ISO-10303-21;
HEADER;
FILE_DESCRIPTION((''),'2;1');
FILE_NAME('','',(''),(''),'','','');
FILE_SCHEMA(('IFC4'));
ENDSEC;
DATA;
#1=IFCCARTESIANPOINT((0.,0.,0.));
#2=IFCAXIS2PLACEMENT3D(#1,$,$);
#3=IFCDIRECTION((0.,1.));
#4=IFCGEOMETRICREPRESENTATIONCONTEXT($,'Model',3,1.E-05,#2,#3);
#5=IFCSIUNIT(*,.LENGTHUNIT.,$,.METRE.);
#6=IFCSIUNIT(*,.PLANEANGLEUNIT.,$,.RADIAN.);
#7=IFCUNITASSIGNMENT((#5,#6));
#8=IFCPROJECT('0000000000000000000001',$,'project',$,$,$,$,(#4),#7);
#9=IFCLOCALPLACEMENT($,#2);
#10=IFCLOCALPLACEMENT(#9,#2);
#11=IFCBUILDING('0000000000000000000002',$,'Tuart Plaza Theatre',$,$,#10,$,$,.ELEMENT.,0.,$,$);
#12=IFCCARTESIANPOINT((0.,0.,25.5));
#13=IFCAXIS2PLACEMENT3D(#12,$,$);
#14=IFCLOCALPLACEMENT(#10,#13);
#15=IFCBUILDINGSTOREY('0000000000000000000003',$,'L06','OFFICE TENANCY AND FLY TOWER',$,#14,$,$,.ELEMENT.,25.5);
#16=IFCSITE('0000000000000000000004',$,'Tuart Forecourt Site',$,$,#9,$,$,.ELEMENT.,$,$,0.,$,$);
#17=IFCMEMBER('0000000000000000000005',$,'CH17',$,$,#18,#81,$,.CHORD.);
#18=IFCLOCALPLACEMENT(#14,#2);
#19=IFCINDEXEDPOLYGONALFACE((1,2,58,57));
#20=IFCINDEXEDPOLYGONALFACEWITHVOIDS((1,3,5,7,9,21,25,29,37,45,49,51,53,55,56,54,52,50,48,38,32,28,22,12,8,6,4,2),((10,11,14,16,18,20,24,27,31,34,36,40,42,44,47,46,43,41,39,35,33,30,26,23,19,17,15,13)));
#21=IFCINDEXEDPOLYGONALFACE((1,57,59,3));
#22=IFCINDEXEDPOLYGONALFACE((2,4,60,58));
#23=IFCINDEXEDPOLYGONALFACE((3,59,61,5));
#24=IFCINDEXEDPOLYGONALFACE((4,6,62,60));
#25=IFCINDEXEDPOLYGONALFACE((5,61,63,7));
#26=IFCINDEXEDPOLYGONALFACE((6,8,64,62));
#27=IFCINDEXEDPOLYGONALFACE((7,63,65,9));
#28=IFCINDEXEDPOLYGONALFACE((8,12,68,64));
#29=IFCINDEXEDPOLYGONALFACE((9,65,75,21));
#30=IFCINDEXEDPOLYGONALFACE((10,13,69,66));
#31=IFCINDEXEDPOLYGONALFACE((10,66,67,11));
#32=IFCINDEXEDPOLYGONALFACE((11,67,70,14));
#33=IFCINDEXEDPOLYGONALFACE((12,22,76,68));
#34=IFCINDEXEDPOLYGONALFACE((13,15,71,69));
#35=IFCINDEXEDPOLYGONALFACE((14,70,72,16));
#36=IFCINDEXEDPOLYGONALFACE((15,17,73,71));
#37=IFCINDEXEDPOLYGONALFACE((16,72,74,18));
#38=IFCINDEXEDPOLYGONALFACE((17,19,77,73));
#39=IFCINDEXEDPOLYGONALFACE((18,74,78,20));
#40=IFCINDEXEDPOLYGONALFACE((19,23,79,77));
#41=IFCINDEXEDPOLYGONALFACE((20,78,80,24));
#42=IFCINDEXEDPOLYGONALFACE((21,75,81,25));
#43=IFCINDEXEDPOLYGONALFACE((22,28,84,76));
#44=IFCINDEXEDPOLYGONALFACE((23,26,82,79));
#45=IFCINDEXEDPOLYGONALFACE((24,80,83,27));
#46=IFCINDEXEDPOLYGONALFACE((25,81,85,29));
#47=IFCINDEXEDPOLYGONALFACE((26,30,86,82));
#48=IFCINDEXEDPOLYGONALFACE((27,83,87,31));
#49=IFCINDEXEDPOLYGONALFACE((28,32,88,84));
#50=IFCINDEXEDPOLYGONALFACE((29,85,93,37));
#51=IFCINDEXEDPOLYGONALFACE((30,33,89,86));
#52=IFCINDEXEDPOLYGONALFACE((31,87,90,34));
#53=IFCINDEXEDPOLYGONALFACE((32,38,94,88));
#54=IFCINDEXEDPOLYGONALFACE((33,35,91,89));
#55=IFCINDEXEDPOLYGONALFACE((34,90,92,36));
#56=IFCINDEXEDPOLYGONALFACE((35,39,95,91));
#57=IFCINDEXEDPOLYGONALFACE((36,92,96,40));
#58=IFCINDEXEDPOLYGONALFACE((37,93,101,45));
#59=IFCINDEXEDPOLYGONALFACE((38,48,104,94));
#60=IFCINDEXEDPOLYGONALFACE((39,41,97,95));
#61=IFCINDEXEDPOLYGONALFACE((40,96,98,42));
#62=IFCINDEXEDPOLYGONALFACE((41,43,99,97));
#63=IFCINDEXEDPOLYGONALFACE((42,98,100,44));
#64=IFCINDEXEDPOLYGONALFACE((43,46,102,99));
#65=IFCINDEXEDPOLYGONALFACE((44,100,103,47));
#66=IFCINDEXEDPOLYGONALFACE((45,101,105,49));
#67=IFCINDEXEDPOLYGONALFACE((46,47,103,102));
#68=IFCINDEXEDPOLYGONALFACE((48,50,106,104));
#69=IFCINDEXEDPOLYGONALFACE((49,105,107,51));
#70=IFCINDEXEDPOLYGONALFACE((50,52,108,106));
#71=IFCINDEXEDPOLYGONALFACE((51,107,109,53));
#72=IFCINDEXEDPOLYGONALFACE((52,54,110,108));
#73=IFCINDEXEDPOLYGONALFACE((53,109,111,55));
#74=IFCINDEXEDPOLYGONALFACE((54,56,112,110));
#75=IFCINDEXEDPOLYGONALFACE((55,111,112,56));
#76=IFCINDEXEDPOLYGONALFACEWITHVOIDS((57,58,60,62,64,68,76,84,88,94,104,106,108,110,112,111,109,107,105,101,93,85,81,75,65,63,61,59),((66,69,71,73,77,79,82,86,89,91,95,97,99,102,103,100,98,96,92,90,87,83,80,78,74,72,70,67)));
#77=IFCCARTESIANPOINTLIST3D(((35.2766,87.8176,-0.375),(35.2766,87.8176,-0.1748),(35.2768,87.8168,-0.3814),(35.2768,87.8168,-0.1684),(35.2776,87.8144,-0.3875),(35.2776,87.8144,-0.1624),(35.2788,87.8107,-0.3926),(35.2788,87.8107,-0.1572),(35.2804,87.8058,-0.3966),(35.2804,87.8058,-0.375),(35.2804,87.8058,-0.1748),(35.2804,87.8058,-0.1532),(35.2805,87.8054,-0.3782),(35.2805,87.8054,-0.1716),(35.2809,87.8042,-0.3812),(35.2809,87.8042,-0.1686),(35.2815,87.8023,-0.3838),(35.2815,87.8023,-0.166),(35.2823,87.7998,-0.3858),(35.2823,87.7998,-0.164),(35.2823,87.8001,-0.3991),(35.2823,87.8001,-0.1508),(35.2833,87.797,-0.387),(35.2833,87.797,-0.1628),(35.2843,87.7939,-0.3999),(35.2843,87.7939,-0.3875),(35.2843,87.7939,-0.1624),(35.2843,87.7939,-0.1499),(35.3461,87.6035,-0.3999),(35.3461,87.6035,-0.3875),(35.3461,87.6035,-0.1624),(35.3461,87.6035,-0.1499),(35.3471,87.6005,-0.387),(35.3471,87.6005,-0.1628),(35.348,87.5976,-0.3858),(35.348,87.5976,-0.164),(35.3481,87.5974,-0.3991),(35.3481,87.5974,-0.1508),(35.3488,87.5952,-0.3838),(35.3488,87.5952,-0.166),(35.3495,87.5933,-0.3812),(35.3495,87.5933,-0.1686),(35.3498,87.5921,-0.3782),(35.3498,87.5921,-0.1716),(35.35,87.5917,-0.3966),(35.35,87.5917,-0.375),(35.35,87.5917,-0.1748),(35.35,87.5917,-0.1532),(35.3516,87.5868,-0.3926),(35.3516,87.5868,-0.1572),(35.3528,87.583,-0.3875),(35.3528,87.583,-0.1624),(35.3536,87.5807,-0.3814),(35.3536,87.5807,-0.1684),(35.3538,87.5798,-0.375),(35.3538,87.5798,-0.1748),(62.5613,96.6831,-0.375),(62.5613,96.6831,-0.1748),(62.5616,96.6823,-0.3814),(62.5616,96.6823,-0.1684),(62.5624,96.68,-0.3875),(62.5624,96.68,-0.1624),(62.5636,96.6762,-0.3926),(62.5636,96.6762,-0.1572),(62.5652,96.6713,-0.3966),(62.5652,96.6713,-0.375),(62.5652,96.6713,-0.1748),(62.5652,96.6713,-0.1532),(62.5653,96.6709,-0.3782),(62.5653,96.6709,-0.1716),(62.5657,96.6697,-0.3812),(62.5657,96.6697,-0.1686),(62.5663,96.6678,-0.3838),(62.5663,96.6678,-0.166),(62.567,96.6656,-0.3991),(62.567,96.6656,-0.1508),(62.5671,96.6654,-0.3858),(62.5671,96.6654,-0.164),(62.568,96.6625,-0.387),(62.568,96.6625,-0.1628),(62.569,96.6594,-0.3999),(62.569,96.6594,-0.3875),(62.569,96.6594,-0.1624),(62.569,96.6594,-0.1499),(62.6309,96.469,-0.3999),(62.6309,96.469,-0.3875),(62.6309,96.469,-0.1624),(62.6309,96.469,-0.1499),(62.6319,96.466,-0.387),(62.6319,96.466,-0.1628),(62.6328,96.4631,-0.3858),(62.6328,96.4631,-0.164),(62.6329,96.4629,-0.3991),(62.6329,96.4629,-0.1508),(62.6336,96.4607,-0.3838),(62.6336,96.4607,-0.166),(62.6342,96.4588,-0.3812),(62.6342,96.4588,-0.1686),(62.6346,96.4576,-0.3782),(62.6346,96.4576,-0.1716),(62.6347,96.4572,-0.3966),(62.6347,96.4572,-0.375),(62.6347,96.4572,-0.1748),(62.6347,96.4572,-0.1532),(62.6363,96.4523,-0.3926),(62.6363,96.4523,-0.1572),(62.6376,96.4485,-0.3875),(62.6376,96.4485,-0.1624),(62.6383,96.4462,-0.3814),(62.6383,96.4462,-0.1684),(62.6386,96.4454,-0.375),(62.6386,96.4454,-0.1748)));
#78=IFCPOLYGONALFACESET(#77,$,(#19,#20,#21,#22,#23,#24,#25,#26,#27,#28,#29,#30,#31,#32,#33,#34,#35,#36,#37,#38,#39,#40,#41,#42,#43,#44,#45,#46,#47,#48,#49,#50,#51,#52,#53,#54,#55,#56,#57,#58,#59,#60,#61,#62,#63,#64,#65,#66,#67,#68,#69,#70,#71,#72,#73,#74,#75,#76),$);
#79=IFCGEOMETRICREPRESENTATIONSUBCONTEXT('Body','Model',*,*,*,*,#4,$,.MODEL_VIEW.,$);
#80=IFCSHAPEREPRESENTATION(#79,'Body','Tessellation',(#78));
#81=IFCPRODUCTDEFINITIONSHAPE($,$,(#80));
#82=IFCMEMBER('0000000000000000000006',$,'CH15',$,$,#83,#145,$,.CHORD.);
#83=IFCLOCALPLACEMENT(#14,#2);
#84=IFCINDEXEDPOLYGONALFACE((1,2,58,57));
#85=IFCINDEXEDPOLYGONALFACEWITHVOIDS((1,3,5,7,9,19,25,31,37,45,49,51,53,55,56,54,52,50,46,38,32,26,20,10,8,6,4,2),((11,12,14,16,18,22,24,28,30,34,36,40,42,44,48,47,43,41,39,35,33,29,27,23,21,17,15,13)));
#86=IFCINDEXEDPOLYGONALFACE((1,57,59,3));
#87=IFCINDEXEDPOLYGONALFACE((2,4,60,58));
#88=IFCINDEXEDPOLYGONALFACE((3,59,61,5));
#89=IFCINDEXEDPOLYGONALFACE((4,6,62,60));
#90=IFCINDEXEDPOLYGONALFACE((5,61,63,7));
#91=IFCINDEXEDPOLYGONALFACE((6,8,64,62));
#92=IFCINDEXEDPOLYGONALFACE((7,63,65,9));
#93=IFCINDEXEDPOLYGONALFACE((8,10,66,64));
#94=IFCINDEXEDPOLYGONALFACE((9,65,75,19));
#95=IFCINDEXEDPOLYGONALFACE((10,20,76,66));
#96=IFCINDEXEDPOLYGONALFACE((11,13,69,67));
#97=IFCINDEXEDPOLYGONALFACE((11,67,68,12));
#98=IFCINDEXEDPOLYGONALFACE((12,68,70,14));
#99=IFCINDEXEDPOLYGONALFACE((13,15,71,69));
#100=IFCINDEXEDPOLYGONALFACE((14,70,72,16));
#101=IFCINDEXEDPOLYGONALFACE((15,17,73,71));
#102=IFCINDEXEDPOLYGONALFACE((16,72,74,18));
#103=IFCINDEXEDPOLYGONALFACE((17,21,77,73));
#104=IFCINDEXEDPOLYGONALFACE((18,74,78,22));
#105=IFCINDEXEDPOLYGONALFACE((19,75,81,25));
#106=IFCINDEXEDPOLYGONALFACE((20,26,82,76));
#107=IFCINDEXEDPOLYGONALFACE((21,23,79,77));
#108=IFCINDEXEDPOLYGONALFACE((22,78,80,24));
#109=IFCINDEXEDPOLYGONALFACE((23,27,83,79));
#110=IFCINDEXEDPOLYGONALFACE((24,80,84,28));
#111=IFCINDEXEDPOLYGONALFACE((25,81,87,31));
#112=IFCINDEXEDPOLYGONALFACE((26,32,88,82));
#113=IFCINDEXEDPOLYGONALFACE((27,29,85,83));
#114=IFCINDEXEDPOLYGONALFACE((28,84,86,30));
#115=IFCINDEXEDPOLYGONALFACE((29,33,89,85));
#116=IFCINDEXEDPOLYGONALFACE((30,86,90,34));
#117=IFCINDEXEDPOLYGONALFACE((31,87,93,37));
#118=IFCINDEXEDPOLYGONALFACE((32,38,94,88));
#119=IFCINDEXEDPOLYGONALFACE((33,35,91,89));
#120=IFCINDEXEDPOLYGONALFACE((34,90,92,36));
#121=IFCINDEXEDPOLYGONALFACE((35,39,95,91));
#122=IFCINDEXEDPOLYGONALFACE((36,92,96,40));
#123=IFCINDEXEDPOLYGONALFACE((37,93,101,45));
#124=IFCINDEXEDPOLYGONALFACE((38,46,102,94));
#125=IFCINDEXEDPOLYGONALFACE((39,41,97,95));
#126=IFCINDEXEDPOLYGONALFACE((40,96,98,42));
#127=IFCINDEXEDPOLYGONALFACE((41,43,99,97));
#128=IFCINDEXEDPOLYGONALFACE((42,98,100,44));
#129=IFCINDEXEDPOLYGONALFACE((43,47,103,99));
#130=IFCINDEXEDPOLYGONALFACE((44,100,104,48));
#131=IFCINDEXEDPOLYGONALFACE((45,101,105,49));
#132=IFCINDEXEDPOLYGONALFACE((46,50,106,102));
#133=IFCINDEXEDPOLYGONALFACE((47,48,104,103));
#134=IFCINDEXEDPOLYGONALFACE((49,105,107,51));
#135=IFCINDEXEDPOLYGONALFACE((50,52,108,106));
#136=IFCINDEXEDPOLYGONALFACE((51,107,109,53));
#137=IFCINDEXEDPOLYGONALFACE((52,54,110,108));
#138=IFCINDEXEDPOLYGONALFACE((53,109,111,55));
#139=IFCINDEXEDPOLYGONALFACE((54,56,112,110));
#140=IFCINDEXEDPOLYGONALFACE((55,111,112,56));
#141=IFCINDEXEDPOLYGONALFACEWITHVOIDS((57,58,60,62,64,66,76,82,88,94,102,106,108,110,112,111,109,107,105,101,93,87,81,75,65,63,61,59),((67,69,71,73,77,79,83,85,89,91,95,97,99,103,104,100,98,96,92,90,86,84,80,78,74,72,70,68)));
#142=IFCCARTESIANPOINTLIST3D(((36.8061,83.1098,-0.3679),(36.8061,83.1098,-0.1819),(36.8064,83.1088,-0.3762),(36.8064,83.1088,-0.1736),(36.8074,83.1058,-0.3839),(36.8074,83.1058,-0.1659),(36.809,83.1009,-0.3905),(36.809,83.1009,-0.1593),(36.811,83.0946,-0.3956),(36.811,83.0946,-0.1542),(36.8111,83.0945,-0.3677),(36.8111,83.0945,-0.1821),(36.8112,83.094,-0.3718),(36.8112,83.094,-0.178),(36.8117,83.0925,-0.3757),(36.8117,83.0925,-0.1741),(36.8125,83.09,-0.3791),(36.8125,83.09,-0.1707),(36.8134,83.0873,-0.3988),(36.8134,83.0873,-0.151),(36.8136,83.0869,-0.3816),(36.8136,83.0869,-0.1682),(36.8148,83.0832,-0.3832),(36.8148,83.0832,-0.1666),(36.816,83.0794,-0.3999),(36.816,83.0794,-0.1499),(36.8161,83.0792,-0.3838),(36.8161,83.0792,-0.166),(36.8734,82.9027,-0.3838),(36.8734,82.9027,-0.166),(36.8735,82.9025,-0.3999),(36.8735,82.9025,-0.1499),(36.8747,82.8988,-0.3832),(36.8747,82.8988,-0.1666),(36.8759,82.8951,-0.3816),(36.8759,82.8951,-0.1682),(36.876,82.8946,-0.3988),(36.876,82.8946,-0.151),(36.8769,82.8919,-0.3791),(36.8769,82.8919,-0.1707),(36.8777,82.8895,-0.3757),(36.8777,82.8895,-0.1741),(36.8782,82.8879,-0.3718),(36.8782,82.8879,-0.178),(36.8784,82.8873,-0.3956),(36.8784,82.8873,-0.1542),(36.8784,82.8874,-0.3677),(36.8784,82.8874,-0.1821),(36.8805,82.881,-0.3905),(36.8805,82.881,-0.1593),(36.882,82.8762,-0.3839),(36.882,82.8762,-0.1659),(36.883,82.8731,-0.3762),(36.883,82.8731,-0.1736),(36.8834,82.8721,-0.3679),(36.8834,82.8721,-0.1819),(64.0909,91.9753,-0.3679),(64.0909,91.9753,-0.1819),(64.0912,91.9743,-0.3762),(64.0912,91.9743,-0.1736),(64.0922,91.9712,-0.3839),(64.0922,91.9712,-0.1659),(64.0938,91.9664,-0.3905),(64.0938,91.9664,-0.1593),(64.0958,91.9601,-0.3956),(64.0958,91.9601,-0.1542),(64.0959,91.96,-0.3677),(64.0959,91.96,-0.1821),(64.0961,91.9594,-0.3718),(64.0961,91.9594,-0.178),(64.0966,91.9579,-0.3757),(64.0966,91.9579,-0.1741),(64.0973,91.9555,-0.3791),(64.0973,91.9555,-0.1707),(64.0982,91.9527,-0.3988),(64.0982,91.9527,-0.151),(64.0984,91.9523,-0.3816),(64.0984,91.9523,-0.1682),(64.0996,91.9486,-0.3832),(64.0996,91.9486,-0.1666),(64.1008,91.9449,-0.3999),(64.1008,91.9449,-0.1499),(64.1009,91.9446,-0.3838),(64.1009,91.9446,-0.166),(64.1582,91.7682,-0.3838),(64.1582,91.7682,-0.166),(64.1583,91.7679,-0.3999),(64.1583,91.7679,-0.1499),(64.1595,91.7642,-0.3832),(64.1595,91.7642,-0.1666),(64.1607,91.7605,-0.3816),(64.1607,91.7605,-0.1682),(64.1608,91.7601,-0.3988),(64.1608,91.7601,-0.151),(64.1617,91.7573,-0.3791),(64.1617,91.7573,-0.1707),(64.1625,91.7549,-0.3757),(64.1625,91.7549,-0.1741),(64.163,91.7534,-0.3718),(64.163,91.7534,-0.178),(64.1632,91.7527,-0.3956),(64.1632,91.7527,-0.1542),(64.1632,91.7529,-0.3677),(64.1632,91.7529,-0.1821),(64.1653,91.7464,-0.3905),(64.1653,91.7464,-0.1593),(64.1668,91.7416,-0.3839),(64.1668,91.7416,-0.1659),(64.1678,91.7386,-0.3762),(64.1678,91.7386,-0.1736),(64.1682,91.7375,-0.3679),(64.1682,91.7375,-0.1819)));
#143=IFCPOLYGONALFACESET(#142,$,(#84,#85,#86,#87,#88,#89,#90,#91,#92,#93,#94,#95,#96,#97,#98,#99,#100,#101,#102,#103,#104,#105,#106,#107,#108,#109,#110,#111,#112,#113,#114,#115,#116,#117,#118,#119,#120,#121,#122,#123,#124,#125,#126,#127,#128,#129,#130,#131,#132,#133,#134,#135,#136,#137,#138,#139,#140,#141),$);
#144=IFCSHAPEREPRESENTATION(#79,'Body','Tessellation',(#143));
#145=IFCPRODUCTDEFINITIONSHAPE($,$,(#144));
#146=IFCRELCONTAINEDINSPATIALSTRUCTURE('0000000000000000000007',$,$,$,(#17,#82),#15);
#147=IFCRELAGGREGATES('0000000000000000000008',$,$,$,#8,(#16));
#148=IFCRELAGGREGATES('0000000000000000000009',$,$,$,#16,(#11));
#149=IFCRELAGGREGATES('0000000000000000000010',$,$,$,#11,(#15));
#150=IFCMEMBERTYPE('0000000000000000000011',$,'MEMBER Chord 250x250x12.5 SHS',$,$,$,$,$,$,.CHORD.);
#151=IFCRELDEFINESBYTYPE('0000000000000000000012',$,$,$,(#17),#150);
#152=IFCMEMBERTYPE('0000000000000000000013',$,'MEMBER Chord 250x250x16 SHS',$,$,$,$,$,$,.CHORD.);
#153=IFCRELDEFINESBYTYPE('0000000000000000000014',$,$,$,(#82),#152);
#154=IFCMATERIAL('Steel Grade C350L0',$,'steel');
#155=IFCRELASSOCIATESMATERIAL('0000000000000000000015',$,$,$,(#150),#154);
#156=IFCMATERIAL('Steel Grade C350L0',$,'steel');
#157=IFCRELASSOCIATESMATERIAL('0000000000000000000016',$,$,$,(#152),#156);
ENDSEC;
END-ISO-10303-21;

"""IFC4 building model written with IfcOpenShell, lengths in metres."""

from ifc_helpers import new_model, si_unit, direction, frame, origin, origin_2d, place, context, subcontext, project, spatial, hollow_rectangle, extrude, material, material_profile, profile_set, type_object, element, save


model = new_model("IFC4")

# Units and contexts
model_context = context("Model", 3, precision=1e-05, world=origin(), true_north=direction((0.0, 1.0)))
body_context = subcontext(model_context, "Body", "Model", "MODEL_VIEW")
ifc_project = project(units=[si_unit("LENGTHUNIT", "METRE"), si_unit("PLANEANGLEUNIT", "RADIAN")], contexts=[model_context])

# Site, building, storey
site_placement = place(None, origin())
site = spatial("IfcSite", under=ifc_project, at=site_placement, Name="Tuart Forecourt Site", CompositionType="ELEMENT", RefElevation=0.0)
building_placement = place(site_placement, origin())
building = spatial("IfcBuilding", under=site, at=building_placement, Name="Tuart Plaza Theatre", CompositionType="ELEMENT", ElevationOfRefHeight=0.0)
storey_placement = place(building_placement, frame((0.0, 0.0, 25.5)))
storey = spatial("IfcBuildingStorey", under=building, at=storey_placement, Name="L06", Description="OFFICE TENANCY AND FLY TOWER", CompositionType="ELEMENT", Elevation=25.5)

# Members
ifc_material_1 = material(Name="Steel Grade C350L0", Category="steel")
ifc_material_profile_1 = material_profile(ifc_material_1, hollow_rectangle(XDim=0.25, YDim=0.25, WallThickness=0.0125, InnerFilletRadius=0.0125, OuterFilletRadius=0.0249, at=origin_2d()), Name="250x250x12.5 SHS")
ifc_profile_set_1 = profile_set([ifc_material_profile_1], Name="Steel Grade C350L0")
member_type_1 = type_object("IfcMemberType", Name="MEMBER Chord 250x250x12.5 SHS", PredefinedType="CHORD", material=ifc_profile_set_1)
for number, where, z_axis, x_axis, name in (
    (1, (35.3152, 87.6987, -0.2749), (0.951055, 0.309022, 0.0), (-0.309022, 0.951055, 0.0), "CH17"),
):
    element("IfcMember", number, at=place(storey_placement, frame(where, z_axis=z_axis, x_axis=x_axis)), inside=storey, type_object=member_type_1, Name=name, PredefinedType="CHORD", context=body_context, shape_type="SweptSolid", body=[
        extrude(hollow_rectangle(XDim=0.25, YDim=0.25, WallThickness=0.0125, InnerFilletRadius=0.0125, OuterFilletRadius=0.0249, at=origin_2d()), origin(), (0.0, 0.0, 1.0), 28.689),
    ])
ifc_material_2 = material(Name="Steel Grade C350L0", Category="steel")
ifc_material_profile_2 = material_profile(ifc_material_2, hollow_rectangle(XDim=0.25, YDim=0.25, WallThickness=0.0161, InnerFilletRadius=0.0161, OuterFilletRadius=0.032, at=origin_2d()), Name="250x250x16 SHS")
ifc_profile_set_2 = profile_set([ifc_material_profile_2], Name="Steel Grade C350L0")
member_type_2 = type_object("IfcMemberType", Name="MEMBER Chord 250x250x16 SHS", PredefinedType="CHORD", material=ifc_profile_set_2)
member_1_placement = place(storey_placement, frame((36.8447, 82.991, -0.2749), z_axis=(0.951056, 0.309019, 0.0), x_axis=(-0.309019, 0.951056, 0.0)))
element("IfcMember", 2, at=member_1_placement, inside=storey, type_object=member_type_2, Name="CH15", PredefinedType="CHORD", context=body_context, shape_type="SweptSolid", body=[
    extrude(hollow_rectangle(XDim=0.25, YDim=0.25, WallThickness=0.0161, InnerFilletRadius=0.0161, OuterFilletRadius=0.032, at=origin_2d()), origin(), (0.0, 0.0, 1.0), 28.689),
])

save(model, "model.ifc")
